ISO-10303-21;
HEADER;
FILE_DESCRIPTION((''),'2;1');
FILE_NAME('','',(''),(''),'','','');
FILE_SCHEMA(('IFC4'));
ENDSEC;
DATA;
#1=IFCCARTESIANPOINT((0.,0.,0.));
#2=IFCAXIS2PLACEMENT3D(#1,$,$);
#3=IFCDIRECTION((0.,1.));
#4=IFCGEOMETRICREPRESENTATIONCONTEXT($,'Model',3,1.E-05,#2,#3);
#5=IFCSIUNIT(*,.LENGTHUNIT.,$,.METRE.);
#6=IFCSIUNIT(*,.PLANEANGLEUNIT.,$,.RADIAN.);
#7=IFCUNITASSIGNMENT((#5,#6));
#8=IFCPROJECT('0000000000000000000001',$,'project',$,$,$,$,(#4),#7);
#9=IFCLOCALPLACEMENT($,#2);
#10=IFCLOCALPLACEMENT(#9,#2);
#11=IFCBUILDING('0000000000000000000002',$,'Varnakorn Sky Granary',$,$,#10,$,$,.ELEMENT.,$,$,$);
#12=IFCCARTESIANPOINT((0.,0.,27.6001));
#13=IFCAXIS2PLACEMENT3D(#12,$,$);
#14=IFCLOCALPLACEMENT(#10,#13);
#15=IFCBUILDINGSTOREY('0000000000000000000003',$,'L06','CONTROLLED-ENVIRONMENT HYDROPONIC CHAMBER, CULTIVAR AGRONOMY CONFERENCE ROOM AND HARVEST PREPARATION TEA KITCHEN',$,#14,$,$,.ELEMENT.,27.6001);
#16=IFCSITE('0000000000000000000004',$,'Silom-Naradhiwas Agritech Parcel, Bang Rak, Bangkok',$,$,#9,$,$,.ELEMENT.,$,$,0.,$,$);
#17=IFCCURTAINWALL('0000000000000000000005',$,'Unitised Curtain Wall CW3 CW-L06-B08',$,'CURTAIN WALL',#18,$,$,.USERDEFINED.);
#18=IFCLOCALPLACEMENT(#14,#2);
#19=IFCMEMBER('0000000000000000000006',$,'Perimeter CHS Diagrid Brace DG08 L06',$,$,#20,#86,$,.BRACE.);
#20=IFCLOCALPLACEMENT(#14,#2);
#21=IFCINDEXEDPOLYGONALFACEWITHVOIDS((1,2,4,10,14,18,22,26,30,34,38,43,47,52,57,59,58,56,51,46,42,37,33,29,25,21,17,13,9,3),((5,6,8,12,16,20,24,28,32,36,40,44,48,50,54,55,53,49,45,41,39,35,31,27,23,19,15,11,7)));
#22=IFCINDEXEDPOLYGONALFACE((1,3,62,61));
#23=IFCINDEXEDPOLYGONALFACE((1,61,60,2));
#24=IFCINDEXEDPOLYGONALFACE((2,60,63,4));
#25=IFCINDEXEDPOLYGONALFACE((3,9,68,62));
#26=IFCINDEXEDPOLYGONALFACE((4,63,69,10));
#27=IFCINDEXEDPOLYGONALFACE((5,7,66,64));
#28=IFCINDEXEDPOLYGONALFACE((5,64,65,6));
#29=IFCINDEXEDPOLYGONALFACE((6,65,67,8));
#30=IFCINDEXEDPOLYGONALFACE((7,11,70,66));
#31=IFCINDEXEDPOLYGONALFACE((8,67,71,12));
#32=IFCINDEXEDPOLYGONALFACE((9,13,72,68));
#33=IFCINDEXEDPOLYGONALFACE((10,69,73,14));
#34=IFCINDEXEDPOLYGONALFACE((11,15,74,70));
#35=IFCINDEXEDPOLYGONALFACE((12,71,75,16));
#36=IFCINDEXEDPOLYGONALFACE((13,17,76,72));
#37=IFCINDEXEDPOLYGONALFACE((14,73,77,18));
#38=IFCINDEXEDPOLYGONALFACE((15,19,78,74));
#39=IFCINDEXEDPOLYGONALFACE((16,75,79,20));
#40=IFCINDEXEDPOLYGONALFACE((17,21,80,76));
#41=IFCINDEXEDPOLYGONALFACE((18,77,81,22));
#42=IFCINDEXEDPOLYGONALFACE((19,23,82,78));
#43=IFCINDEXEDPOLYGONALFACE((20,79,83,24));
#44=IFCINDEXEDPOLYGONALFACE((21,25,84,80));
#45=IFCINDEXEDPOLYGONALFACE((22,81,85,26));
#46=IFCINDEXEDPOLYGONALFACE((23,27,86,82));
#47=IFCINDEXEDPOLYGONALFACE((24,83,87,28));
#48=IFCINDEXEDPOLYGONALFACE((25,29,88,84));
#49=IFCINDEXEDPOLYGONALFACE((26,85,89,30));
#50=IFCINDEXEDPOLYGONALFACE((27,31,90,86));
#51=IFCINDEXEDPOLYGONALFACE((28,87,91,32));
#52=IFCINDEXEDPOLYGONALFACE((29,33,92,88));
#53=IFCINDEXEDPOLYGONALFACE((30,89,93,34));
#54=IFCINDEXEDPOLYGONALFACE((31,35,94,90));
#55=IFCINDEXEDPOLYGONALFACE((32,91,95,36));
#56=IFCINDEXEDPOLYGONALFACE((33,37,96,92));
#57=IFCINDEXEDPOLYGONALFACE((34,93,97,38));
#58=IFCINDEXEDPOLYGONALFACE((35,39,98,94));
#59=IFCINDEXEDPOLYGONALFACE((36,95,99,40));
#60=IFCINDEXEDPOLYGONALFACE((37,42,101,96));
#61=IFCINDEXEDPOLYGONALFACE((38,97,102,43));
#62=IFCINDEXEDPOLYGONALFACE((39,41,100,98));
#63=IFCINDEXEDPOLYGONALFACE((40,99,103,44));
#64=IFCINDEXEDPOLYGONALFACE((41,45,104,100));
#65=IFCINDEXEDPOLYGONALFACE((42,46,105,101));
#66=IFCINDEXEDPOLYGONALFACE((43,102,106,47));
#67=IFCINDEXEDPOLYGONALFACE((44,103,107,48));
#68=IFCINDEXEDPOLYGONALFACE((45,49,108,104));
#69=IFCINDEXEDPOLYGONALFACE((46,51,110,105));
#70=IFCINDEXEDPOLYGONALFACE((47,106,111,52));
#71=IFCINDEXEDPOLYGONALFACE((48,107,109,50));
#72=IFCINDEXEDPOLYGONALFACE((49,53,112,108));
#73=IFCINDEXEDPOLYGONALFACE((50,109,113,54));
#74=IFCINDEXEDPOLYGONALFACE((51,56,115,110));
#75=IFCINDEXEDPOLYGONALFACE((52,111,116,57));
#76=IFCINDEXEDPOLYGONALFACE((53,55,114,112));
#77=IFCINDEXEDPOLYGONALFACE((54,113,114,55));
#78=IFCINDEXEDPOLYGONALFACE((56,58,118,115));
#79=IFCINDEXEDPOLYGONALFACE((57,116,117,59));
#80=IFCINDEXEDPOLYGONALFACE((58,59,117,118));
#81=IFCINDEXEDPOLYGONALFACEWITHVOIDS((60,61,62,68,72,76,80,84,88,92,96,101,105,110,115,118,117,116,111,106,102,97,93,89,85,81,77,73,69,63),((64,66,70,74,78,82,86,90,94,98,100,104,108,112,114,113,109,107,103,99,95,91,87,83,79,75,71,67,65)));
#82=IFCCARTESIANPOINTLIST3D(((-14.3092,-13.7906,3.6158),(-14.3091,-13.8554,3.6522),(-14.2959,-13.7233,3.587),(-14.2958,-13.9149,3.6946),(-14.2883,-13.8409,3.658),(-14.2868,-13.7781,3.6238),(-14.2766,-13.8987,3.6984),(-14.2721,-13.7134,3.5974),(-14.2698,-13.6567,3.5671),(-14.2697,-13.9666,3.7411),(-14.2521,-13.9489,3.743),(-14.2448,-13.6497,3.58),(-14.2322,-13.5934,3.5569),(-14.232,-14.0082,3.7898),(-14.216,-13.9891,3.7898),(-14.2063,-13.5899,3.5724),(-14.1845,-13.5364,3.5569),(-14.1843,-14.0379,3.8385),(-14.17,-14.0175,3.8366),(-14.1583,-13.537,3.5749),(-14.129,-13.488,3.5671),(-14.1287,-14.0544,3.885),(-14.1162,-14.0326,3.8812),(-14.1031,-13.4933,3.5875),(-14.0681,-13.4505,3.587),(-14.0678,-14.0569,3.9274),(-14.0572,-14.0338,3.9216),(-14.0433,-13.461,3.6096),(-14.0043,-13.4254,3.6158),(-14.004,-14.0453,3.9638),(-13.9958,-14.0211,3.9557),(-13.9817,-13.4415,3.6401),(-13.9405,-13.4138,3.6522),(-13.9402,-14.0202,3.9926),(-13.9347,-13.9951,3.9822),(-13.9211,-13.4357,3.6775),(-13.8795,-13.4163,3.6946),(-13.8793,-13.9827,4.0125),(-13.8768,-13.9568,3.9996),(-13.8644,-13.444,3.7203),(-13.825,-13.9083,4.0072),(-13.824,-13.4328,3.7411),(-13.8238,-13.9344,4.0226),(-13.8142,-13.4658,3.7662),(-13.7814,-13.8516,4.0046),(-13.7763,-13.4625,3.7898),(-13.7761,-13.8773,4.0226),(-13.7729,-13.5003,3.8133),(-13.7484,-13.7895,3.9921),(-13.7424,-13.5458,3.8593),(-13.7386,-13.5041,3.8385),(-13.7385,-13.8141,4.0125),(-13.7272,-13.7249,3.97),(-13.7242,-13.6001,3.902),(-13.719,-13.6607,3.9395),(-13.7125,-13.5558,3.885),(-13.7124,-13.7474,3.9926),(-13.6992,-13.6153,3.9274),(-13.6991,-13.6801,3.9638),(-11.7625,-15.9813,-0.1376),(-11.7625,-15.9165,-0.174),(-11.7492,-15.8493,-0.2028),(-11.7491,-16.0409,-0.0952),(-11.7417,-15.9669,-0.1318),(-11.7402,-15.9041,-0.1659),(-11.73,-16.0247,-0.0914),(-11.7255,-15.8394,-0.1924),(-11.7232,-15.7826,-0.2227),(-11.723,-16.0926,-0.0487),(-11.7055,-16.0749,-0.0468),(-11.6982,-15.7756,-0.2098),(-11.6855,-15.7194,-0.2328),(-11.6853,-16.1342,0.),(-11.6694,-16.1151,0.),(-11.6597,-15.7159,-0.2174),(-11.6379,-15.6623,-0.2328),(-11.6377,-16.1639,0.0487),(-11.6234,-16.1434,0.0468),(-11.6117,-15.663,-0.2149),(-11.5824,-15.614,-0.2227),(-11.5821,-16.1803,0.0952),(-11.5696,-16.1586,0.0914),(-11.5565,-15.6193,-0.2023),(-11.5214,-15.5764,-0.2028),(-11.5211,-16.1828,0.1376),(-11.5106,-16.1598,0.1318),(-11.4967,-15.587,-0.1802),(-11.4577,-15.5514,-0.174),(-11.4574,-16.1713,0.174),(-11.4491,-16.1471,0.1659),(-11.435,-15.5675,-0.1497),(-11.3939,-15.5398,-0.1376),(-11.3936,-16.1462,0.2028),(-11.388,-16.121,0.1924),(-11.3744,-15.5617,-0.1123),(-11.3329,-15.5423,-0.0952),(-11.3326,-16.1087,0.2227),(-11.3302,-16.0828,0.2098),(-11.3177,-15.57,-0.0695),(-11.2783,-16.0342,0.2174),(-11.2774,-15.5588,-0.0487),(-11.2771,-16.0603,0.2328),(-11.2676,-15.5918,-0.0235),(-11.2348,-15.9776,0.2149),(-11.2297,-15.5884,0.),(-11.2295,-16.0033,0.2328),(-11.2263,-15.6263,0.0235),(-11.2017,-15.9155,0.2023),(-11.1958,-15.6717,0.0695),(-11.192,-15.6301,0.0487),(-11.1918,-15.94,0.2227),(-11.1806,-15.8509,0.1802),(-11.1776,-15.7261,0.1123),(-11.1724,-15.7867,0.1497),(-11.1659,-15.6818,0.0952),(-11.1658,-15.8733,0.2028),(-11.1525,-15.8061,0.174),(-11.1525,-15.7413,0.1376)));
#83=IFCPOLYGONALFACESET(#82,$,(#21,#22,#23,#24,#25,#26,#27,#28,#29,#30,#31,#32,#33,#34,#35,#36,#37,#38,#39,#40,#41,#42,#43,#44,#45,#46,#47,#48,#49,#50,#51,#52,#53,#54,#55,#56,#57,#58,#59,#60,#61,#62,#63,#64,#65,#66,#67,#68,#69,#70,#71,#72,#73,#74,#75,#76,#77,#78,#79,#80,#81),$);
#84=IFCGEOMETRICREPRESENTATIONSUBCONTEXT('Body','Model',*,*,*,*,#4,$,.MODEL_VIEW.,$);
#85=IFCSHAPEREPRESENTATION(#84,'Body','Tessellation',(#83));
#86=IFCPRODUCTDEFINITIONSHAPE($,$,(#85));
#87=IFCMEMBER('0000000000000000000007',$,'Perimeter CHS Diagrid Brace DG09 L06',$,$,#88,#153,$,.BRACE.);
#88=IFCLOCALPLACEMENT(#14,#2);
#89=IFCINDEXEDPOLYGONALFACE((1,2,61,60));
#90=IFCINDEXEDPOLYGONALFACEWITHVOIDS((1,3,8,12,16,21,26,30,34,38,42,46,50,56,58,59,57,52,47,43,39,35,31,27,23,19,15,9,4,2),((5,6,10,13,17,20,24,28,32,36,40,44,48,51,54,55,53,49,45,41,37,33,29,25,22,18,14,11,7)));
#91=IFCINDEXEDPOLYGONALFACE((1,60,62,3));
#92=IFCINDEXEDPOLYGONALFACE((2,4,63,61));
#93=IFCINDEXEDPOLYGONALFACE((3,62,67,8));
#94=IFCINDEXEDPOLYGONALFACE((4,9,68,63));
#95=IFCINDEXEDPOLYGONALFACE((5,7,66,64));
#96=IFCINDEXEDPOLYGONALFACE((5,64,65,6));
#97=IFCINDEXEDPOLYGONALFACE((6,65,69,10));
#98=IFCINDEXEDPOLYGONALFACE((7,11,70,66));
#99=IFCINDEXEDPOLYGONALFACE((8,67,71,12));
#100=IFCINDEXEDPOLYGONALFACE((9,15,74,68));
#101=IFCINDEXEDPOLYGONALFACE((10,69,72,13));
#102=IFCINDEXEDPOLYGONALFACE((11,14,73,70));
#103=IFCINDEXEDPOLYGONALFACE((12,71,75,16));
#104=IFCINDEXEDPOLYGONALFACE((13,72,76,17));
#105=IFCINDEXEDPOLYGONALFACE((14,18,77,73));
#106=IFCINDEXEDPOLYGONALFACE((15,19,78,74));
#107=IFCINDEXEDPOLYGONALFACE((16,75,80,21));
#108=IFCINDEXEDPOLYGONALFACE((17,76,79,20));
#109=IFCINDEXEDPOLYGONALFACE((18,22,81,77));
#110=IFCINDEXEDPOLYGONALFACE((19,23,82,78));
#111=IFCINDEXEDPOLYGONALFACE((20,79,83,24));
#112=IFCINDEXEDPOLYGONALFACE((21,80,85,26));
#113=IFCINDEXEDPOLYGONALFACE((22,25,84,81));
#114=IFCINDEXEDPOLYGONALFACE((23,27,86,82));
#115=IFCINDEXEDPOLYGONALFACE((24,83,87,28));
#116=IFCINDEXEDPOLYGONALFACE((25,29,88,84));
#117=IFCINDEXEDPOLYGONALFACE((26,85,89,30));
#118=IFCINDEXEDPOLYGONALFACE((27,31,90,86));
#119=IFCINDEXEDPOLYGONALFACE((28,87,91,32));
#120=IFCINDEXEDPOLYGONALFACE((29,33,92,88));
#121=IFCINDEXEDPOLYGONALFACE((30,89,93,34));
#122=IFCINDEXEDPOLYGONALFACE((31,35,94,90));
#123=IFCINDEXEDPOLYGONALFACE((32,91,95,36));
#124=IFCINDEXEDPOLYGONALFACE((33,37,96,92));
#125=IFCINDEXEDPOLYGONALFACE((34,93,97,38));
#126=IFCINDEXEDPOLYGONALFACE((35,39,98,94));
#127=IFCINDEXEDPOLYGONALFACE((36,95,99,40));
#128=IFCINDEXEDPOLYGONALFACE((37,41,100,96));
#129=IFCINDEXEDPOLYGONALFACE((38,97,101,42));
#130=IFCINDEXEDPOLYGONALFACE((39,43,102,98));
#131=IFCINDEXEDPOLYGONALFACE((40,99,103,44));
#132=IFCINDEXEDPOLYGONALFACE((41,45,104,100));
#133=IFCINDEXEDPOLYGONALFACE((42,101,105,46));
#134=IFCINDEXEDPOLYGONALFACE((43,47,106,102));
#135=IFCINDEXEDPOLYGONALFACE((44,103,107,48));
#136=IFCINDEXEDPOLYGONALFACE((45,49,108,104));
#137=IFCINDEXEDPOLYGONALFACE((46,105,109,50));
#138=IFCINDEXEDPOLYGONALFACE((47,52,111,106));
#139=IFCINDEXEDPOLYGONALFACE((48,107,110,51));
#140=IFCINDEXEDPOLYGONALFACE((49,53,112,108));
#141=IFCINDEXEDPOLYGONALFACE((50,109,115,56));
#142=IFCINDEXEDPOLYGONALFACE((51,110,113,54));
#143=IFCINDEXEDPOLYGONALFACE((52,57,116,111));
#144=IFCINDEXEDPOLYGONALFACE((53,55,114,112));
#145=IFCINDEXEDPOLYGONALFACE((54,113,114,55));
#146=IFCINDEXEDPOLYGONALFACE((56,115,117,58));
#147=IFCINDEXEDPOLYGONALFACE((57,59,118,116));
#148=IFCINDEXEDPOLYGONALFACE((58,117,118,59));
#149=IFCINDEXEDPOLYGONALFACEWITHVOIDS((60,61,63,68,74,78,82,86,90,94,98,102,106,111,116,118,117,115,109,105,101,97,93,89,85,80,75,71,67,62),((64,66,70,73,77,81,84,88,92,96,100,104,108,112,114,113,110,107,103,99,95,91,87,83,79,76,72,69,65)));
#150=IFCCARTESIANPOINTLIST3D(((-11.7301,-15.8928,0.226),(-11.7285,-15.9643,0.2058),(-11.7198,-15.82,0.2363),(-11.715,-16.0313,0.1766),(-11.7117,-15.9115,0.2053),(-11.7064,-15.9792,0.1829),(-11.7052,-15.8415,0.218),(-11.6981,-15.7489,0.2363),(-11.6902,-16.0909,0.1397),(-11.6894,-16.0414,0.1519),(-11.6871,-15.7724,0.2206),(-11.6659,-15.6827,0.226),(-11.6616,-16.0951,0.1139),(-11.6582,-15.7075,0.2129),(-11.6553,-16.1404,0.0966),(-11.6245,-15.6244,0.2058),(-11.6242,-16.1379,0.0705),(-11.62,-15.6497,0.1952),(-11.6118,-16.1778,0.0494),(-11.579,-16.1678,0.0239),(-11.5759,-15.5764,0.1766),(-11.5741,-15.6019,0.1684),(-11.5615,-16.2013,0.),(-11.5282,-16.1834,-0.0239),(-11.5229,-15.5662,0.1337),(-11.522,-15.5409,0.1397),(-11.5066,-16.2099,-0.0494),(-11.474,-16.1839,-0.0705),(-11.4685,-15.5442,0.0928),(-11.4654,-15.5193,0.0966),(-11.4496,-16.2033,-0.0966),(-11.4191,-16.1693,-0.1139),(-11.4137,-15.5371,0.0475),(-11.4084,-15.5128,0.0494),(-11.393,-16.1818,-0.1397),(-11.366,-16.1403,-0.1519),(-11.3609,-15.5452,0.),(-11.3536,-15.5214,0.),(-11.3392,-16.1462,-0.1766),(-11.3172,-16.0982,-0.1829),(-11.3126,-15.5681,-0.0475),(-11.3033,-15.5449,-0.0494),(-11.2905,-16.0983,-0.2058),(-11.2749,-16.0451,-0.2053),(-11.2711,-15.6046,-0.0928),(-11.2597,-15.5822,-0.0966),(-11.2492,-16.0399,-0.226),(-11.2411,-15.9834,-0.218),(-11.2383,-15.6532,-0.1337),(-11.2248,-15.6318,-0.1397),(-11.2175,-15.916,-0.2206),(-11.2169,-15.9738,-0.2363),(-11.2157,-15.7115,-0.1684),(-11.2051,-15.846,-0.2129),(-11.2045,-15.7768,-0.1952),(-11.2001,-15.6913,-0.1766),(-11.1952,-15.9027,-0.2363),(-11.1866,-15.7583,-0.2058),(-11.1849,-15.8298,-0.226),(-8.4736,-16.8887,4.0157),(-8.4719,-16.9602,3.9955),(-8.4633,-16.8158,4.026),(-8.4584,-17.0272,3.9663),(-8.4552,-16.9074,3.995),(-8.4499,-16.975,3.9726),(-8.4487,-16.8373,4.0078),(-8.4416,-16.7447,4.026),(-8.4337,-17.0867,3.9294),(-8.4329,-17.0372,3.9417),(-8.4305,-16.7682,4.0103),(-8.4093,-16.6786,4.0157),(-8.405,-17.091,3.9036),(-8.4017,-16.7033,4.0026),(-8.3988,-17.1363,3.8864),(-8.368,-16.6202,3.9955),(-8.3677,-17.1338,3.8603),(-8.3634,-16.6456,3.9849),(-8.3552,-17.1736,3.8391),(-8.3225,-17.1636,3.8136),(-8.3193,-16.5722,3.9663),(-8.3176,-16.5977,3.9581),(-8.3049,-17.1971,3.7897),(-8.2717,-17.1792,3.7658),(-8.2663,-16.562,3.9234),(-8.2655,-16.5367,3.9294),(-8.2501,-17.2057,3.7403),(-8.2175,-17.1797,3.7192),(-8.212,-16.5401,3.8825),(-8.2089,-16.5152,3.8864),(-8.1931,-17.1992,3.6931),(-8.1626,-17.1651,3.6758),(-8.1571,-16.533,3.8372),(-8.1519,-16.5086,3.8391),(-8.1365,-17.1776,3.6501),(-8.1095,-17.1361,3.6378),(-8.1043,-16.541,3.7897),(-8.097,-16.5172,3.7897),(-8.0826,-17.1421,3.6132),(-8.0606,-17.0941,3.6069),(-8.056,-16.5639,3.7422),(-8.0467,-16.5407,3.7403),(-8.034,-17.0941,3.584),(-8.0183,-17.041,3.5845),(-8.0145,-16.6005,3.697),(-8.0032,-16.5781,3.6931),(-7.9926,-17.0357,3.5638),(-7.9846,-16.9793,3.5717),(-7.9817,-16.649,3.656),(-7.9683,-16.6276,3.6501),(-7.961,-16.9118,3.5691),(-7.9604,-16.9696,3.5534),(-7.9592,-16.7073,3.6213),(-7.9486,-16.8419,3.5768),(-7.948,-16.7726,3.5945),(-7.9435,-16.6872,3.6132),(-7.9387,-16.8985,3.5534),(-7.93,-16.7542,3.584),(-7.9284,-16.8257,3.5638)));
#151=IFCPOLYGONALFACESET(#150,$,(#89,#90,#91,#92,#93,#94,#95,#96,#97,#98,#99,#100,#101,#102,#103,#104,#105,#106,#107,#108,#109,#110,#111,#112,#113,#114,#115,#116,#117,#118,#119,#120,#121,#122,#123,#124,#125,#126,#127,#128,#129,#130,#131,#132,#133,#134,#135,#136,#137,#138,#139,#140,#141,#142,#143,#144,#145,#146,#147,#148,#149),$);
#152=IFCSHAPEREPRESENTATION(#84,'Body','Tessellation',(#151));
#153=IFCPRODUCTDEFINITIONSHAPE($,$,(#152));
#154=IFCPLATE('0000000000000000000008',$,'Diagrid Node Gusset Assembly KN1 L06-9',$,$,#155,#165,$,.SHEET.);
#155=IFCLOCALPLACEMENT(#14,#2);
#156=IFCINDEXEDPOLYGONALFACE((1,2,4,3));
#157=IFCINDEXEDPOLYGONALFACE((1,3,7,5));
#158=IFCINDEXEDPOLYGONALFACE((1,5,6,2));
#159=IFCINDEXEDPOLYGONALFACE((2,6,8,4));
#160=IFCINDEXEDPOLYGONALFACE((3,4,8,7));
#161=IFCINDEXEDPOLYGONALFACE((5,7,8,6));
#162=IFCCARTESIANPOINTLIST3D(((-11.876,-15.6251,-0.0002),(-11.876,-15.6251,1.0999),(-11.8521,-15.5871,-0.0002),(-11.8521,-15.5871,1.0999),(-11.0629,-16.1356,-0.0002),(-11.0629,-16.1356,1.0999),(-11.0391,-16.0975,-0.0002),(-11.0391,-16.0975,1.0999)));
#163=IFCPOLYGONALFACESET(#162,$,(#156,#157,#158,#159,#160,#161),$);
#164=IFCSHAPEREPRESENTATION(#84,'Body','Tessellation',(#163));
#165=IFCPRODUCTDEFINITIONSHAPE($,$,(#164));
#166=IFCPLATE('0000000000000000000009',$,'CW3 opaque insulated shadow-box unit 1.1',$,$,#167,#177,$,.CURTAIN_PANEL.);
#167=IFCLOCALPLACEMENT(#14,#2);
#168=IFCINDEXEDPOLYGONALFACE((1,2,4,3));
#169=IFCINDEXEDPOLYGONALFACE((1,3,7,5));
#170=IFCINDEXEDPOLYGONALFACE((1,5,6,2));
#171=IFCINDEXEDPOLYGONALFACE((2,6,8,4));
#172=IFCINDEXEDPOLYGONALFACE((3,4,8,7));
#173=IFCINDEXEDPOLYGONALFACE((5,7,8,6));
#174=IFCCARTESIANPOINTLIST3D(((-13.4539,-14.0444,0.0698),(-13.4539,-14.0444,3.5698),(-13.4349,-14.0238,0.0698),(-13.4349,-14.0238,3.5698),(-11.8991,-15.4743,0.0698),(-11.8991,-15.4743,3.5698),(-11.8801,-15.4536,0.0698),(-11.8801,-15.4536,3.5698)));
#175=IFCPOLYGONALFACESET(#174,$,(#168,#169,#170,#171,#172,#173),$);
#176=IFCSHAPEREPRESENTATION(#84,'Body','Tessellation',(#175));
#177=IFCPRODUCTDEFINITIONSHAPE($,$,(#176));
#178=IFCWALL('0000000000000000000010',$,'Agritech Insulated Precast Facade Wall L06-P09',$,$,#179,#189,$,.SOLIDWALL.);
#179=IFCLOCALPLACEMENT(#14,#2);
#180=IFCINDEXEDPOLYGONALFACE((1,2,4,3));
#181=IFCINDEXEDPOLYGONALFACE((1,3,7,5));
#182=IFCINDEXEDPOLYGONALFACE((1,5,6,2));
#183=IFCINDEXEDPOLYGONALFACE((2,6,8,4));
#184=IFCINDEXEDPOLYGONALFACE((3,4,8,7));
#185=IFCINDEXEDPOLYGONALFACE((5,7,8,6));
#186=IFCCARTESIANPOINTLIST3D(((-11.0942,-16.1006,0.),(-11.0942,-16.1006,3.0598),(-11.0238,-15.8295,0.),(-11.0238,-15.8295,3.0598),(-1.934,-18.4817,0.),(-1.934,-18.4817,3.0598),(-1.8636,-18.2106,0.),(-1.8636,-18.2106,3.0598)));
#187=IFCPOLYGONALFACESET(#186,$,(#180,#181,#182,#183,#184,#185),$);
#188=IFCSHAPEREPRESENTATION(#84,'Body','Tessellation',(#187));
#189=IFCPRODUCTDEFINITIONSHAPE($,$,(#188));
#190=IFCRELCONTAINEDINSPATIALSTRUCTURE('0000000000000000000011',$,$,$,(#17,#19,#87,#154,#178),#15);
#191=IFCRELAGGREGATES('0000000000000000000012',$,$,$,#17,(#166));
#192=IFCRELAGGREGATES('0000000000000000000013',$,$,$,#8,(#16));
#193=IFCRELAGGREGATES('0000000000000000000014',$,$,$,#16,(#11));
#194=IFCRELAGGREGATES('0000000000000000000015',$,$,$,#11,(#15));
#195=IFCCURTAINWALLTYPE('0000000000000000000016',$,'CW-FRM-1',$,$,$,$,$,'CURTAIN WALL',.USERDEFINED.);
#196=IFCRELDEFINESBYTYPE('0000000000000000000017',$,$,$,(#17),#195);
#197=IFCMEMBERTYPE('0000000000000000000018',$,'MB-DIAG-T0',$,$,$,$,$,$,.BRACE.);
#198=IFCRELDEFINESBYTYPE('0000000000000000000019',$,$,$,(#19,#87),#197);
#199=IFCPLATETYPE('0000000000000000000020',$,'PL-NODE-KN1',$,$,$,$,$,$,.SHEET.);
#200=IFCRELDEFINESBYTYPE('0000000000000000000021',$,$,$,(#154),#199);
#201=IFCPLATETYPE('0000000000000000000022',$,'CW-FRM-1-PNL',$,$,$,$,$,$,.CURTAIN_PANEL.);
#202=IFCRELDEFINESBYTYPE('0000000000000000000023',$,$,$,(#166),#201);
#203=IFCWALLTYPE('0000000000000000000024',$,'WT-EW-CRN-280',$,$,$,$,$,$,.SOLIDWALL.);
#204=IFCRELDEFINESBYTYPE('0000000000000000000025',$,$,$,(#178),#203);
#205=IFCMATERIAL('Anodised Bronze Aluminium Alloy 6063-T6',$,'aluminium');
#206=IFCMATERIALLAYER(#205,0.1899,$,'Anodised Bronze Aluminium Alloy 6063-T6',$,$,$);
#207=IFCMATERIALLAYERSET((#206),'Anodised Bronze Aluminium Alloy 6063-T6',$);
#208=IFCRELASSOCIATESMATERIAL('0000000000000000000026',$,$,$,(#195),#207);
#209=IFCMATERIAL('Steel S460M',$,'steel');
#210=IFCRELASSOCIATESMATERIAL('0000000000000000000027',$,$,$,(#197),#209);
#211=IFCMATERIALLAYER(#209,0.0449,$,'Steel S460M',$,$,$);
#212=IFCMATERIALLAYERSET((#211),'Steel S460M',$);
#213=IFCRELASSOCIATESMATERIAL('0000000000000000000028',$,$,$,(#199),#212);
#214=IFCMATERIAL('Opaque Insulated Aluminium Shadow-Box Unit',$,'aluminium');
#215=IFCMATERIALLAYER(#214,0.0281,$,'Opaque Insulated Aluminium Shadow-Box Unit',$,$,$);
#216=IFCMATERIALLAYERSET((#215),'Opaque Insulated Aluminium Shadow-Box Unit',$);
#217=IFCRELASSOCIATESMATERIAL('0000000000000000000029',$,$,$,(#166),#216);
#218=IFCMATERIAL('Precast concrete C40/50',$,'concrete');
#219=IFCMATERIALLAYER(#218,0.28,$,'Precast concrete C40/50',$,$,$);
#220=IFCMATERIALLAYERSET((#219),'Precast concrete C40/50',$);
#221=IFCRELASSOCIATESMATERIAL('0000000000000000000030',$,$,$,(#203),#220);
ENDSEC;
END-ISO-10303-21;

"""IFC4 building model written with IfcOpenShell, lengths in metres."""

from ifc_helpers import new_model, si_unit, direction, frame, frame_2d, origin, origin_2d, place, context, subcontext, project, spatial, rectangle, hollow_circle, extrude, source, transform, mapped, material, layer, layer_set, material_profile, profile_set, type_object, type_shapes, element, aggregate, save


model = new_model("IFC4")

# Units and contexts
model_context = context("Model", 3, precision=1e-05, world=origin(), true_north=direction((0.0, 1.0)))
body_context = subcontext(model_context, "Body", "Model", "MODEL_VIEW")
ifc_project = project(units=[si_unit("LENGTHUNIT", "METRE"), si_unit("PLANEANGLEUNIT", "RADIAN")], contexts=[model_context])

# Site, building, storey
site_placement = place(None, origin())
site = spatial("IfcSite", under=ifc_project, at=site_placement, Name="Silom-Naradhiwas Agritech Parcel, Bang Rak, Bangkok", CompositionType="ELEMENT", RefElevation=0.0)
building_placement = place(site_placement, origin())
building = spatial("IfcBuilding", under=site, at=building_placement, Name="Varnakorn Sky Granary", CompositionType="ELEMENT")
storey_placement = place(building_placement, frame((0.0, 0.0, 27.6001)))
storey = spatial("IfcBuildingStorey", under=building, at=storey_placement, Name="L06", Description="CONTROLLED-ENVIRONMENT HYDROPONIC CHAMBER, CULTIVAR AGRONOMY CONFERENCE ROOM AND HARVEST PREPARATION TEA KITCHEN", CompositionType="ELEMENT", Elevation=27.6001)

# Shared definitions
ifc_material_1 = material(Name="Steel S460M", Category="steel")

# Curtain wall
ifc_material_2 = material(Name="Anodised Bronze Aluminium Alloy 6063-T6", Category="aluminium")
ifc_layer_1 = layer(ifc_material_2, 0.1899, Name="Anodised Bronze Aluminium Alloy 6063-T6")
ifc_layer_set_1 = layer_set([ifc_layer_1], Name="Anodised Bronze Aluminium Alloy 6063-T6")
curtain_wall_type = type_object("IfcCurtainWallType", Name="CW-FRM-1", ElementType="CURTAIN WALL", PredefinedType="USERDEFINED", material=ifc_layer_set_1)
curtain_wall_placement = place(storey_placement, origin())
curtain_wall = element("IfcCurtainWall", 1, at=curtain_wall_placement, inside=storey, type_object=curtain_wall_type, Name="Unitised Curtain Wall CW3 CW-L06-B08", ObjectType="CURTAIN WALL", PredefinedType="USERDEFINED")

# Members
ifc_material_profile_1 = material_profile(ifc_material_1, hollow_circle(Radius=0.3555, WallThickness=0.0249, at=origin_2d()), Name="CHS 711x25")
ifc_profile_set_1 = profile_set([ifc_material_profile_1], Name="Steel S460M")
member_type_1 = type_object("IfcMemberType", Name="MB-DIAG-T0", PredefinedType="BRACE", material=ifc_profile_set_1)
member_1_placement = place(storey_placement, frame((-11.4575, -15.8613, 0.0), z_axis=(-0.505622, 0.422103, 0.752446), x_axis=(-0.640857, -0.76766, 0.0)))
element("IfcMember", 2, at=member_1_placement, inside=storey, type_object=member_type_1, Name="Perimeter CHS Diagrid Brace DG08 L06", PredefinedType="BRACE", context=body_context, shape_type="SweptSolid", body=[
    extrude(hollow_circle(Radius=0.3555, WallThickness=0.0249, at=origin_2d()), origin(), (0.0, 0.0, 1.0), 5.0366),
])
member_2_placement = place(storey_placement, frame((-11.4575, -15.8613, 0.0), z_axis=(0.639166, -0.195454, 0.743817), x_axis=(0.292428, 0.956288, 0.0)))
element("IfcMember", 3, at=member_2_placement, inside=storey, type_object=member_type_1, Name="Perimeter CHS Diagrid Brace DG09 L06", PredefinedType="BRACE", context=body_context, shape_type="SweptSolid", body=[
    extrude(hollow_circle(Radius=0.3555, WallThickness=0.0249, at=origin_2d()), origin(), (0.0, 0.0, 1.0), 5.095),
])

# Plates
ifc_layer_2 = layer(ifc_material_1, 0.0449, Name="Steel S460M")
ifc_layer_set_2 = layer_set([ifc_layer_2], Name="Steel S460M")
plate_type_1 = type_object("IfcPlateType", Name="PL-NODE-KN1", PredefinedType="SHEET", material=ifc_layer_set_2)
plate_1_placement = place(storey_placement, frame((-11.4575, -15.8613, -0.0002), z_axis=(0.0, 0.0, 1.0), x_axis=(0.846936, -0.531695, 0.0)))
element("IfcPlate", 4, at=plate_1_placement, inside=storey, type_object=plate_type_1, Name="Diagrid Node Gusset Assembly KN1 L06-9", PredefinedType="SHEET", context=body_context, shape_type="SweptSolid", body=[
    extrude(rectangle(XDim=0.96, YDim=0.0449, at=origin_2d()), origin(), (0.0, 0.0, 1.0), 1.1001),
])
ifc_material_3 = material(Name="Opaque Insulated Aluminium Shadow-Box Unit", Category="aluminium")
ifc_layer_3 = layer(ifc_material_3, 0.0281, Name="Opaque Insulated Aluminium Shadow-Box Unit")
ifc_layer_set_3 = layer_set([ifc_layer_3], Name="Opaque Insulated Aluminium Shadow-Box Unit")
plate_type_2 = type_object("IfcPlateType", Name="CW-FRM-1-PNL", PredefinedType="CURTAIN_PANEL")
shared_shape_1 = source(origin(), body_context, "Body", "SweptSolid", [
    extrude(rectangle(XDim=2.1123, YDim=0.0281, at=origin_2d()), origin(), (0.0, 0.0, 1.0), 3.5),
])
type_shapes(plate_type_2, [shared_shape_1])
plate_2_placement = place(storey_placement, frame((-12.667, -14.749, 0.0698), z_axis=(0.0, 0.0, 1.0), x_axis=(-0.736062, 0.676914, 0.0)))
plate_2 = element("IfcPlate", 5, at=plate_2_placement, type_object=plate_type_2, material=ifc_layer_set_3, Name="CW3 opaque insulated shadow-box unit 1.1", PredefinedType="CURTAIN_PANEL", context=body_context, shape_type="MappedRepresentation", body=[
    mapped(shared_shape_1, transform((0.0, 0.0, 0.0), x_axis=(1.0, 0.0, 0.0), y_axis=(0.0, 1.0, 0.0), z_axis=(0.0, 0.0, 1.0), scale=1.0)),
])
aggregate(curtain_wall, [plate_2])

# Wall
ifc_material_4 = material(Name="Precast concrete C40/50", Category="concrete")
ifc_layer_4 = layer(ifc_material_4, 0.28, Name="Precast concrete C40/50")
ifc_layer_set_4 = layer_set([ifc_layer_4], Name="Precast concrete C40/50")
wall_type_1 = type_object("IfcWallType", Name="WT-EW-CRN-280", PredefinedType="SOLIDWALL", material=ifc_layer_set_4)
wall_1_placement = place(storey_placement, frame((-1.8987, -18.3462, 0.0), z_axis=(0.0, 0.0, 1.0), x_axis=(-0.967836, 0.251581, 0.0)))
element("IfcWall", 6, at=wall_1_placement, inside=storey, type_object=wall_type_1, Name="Agritech Insulated Precast Facade Wall L06-P09", PredefinedType="SOLIDWALL", context=body_context, shape_type="SweptSolid", body=[
    extrude(rectangle(XDim=9.4646, YDim=0.28, at=frame_2d((4.7324, 0.0))), origin(), (0.0, 0.0, 1.0), 3.0598),
])

save(model, "model.ifc")
